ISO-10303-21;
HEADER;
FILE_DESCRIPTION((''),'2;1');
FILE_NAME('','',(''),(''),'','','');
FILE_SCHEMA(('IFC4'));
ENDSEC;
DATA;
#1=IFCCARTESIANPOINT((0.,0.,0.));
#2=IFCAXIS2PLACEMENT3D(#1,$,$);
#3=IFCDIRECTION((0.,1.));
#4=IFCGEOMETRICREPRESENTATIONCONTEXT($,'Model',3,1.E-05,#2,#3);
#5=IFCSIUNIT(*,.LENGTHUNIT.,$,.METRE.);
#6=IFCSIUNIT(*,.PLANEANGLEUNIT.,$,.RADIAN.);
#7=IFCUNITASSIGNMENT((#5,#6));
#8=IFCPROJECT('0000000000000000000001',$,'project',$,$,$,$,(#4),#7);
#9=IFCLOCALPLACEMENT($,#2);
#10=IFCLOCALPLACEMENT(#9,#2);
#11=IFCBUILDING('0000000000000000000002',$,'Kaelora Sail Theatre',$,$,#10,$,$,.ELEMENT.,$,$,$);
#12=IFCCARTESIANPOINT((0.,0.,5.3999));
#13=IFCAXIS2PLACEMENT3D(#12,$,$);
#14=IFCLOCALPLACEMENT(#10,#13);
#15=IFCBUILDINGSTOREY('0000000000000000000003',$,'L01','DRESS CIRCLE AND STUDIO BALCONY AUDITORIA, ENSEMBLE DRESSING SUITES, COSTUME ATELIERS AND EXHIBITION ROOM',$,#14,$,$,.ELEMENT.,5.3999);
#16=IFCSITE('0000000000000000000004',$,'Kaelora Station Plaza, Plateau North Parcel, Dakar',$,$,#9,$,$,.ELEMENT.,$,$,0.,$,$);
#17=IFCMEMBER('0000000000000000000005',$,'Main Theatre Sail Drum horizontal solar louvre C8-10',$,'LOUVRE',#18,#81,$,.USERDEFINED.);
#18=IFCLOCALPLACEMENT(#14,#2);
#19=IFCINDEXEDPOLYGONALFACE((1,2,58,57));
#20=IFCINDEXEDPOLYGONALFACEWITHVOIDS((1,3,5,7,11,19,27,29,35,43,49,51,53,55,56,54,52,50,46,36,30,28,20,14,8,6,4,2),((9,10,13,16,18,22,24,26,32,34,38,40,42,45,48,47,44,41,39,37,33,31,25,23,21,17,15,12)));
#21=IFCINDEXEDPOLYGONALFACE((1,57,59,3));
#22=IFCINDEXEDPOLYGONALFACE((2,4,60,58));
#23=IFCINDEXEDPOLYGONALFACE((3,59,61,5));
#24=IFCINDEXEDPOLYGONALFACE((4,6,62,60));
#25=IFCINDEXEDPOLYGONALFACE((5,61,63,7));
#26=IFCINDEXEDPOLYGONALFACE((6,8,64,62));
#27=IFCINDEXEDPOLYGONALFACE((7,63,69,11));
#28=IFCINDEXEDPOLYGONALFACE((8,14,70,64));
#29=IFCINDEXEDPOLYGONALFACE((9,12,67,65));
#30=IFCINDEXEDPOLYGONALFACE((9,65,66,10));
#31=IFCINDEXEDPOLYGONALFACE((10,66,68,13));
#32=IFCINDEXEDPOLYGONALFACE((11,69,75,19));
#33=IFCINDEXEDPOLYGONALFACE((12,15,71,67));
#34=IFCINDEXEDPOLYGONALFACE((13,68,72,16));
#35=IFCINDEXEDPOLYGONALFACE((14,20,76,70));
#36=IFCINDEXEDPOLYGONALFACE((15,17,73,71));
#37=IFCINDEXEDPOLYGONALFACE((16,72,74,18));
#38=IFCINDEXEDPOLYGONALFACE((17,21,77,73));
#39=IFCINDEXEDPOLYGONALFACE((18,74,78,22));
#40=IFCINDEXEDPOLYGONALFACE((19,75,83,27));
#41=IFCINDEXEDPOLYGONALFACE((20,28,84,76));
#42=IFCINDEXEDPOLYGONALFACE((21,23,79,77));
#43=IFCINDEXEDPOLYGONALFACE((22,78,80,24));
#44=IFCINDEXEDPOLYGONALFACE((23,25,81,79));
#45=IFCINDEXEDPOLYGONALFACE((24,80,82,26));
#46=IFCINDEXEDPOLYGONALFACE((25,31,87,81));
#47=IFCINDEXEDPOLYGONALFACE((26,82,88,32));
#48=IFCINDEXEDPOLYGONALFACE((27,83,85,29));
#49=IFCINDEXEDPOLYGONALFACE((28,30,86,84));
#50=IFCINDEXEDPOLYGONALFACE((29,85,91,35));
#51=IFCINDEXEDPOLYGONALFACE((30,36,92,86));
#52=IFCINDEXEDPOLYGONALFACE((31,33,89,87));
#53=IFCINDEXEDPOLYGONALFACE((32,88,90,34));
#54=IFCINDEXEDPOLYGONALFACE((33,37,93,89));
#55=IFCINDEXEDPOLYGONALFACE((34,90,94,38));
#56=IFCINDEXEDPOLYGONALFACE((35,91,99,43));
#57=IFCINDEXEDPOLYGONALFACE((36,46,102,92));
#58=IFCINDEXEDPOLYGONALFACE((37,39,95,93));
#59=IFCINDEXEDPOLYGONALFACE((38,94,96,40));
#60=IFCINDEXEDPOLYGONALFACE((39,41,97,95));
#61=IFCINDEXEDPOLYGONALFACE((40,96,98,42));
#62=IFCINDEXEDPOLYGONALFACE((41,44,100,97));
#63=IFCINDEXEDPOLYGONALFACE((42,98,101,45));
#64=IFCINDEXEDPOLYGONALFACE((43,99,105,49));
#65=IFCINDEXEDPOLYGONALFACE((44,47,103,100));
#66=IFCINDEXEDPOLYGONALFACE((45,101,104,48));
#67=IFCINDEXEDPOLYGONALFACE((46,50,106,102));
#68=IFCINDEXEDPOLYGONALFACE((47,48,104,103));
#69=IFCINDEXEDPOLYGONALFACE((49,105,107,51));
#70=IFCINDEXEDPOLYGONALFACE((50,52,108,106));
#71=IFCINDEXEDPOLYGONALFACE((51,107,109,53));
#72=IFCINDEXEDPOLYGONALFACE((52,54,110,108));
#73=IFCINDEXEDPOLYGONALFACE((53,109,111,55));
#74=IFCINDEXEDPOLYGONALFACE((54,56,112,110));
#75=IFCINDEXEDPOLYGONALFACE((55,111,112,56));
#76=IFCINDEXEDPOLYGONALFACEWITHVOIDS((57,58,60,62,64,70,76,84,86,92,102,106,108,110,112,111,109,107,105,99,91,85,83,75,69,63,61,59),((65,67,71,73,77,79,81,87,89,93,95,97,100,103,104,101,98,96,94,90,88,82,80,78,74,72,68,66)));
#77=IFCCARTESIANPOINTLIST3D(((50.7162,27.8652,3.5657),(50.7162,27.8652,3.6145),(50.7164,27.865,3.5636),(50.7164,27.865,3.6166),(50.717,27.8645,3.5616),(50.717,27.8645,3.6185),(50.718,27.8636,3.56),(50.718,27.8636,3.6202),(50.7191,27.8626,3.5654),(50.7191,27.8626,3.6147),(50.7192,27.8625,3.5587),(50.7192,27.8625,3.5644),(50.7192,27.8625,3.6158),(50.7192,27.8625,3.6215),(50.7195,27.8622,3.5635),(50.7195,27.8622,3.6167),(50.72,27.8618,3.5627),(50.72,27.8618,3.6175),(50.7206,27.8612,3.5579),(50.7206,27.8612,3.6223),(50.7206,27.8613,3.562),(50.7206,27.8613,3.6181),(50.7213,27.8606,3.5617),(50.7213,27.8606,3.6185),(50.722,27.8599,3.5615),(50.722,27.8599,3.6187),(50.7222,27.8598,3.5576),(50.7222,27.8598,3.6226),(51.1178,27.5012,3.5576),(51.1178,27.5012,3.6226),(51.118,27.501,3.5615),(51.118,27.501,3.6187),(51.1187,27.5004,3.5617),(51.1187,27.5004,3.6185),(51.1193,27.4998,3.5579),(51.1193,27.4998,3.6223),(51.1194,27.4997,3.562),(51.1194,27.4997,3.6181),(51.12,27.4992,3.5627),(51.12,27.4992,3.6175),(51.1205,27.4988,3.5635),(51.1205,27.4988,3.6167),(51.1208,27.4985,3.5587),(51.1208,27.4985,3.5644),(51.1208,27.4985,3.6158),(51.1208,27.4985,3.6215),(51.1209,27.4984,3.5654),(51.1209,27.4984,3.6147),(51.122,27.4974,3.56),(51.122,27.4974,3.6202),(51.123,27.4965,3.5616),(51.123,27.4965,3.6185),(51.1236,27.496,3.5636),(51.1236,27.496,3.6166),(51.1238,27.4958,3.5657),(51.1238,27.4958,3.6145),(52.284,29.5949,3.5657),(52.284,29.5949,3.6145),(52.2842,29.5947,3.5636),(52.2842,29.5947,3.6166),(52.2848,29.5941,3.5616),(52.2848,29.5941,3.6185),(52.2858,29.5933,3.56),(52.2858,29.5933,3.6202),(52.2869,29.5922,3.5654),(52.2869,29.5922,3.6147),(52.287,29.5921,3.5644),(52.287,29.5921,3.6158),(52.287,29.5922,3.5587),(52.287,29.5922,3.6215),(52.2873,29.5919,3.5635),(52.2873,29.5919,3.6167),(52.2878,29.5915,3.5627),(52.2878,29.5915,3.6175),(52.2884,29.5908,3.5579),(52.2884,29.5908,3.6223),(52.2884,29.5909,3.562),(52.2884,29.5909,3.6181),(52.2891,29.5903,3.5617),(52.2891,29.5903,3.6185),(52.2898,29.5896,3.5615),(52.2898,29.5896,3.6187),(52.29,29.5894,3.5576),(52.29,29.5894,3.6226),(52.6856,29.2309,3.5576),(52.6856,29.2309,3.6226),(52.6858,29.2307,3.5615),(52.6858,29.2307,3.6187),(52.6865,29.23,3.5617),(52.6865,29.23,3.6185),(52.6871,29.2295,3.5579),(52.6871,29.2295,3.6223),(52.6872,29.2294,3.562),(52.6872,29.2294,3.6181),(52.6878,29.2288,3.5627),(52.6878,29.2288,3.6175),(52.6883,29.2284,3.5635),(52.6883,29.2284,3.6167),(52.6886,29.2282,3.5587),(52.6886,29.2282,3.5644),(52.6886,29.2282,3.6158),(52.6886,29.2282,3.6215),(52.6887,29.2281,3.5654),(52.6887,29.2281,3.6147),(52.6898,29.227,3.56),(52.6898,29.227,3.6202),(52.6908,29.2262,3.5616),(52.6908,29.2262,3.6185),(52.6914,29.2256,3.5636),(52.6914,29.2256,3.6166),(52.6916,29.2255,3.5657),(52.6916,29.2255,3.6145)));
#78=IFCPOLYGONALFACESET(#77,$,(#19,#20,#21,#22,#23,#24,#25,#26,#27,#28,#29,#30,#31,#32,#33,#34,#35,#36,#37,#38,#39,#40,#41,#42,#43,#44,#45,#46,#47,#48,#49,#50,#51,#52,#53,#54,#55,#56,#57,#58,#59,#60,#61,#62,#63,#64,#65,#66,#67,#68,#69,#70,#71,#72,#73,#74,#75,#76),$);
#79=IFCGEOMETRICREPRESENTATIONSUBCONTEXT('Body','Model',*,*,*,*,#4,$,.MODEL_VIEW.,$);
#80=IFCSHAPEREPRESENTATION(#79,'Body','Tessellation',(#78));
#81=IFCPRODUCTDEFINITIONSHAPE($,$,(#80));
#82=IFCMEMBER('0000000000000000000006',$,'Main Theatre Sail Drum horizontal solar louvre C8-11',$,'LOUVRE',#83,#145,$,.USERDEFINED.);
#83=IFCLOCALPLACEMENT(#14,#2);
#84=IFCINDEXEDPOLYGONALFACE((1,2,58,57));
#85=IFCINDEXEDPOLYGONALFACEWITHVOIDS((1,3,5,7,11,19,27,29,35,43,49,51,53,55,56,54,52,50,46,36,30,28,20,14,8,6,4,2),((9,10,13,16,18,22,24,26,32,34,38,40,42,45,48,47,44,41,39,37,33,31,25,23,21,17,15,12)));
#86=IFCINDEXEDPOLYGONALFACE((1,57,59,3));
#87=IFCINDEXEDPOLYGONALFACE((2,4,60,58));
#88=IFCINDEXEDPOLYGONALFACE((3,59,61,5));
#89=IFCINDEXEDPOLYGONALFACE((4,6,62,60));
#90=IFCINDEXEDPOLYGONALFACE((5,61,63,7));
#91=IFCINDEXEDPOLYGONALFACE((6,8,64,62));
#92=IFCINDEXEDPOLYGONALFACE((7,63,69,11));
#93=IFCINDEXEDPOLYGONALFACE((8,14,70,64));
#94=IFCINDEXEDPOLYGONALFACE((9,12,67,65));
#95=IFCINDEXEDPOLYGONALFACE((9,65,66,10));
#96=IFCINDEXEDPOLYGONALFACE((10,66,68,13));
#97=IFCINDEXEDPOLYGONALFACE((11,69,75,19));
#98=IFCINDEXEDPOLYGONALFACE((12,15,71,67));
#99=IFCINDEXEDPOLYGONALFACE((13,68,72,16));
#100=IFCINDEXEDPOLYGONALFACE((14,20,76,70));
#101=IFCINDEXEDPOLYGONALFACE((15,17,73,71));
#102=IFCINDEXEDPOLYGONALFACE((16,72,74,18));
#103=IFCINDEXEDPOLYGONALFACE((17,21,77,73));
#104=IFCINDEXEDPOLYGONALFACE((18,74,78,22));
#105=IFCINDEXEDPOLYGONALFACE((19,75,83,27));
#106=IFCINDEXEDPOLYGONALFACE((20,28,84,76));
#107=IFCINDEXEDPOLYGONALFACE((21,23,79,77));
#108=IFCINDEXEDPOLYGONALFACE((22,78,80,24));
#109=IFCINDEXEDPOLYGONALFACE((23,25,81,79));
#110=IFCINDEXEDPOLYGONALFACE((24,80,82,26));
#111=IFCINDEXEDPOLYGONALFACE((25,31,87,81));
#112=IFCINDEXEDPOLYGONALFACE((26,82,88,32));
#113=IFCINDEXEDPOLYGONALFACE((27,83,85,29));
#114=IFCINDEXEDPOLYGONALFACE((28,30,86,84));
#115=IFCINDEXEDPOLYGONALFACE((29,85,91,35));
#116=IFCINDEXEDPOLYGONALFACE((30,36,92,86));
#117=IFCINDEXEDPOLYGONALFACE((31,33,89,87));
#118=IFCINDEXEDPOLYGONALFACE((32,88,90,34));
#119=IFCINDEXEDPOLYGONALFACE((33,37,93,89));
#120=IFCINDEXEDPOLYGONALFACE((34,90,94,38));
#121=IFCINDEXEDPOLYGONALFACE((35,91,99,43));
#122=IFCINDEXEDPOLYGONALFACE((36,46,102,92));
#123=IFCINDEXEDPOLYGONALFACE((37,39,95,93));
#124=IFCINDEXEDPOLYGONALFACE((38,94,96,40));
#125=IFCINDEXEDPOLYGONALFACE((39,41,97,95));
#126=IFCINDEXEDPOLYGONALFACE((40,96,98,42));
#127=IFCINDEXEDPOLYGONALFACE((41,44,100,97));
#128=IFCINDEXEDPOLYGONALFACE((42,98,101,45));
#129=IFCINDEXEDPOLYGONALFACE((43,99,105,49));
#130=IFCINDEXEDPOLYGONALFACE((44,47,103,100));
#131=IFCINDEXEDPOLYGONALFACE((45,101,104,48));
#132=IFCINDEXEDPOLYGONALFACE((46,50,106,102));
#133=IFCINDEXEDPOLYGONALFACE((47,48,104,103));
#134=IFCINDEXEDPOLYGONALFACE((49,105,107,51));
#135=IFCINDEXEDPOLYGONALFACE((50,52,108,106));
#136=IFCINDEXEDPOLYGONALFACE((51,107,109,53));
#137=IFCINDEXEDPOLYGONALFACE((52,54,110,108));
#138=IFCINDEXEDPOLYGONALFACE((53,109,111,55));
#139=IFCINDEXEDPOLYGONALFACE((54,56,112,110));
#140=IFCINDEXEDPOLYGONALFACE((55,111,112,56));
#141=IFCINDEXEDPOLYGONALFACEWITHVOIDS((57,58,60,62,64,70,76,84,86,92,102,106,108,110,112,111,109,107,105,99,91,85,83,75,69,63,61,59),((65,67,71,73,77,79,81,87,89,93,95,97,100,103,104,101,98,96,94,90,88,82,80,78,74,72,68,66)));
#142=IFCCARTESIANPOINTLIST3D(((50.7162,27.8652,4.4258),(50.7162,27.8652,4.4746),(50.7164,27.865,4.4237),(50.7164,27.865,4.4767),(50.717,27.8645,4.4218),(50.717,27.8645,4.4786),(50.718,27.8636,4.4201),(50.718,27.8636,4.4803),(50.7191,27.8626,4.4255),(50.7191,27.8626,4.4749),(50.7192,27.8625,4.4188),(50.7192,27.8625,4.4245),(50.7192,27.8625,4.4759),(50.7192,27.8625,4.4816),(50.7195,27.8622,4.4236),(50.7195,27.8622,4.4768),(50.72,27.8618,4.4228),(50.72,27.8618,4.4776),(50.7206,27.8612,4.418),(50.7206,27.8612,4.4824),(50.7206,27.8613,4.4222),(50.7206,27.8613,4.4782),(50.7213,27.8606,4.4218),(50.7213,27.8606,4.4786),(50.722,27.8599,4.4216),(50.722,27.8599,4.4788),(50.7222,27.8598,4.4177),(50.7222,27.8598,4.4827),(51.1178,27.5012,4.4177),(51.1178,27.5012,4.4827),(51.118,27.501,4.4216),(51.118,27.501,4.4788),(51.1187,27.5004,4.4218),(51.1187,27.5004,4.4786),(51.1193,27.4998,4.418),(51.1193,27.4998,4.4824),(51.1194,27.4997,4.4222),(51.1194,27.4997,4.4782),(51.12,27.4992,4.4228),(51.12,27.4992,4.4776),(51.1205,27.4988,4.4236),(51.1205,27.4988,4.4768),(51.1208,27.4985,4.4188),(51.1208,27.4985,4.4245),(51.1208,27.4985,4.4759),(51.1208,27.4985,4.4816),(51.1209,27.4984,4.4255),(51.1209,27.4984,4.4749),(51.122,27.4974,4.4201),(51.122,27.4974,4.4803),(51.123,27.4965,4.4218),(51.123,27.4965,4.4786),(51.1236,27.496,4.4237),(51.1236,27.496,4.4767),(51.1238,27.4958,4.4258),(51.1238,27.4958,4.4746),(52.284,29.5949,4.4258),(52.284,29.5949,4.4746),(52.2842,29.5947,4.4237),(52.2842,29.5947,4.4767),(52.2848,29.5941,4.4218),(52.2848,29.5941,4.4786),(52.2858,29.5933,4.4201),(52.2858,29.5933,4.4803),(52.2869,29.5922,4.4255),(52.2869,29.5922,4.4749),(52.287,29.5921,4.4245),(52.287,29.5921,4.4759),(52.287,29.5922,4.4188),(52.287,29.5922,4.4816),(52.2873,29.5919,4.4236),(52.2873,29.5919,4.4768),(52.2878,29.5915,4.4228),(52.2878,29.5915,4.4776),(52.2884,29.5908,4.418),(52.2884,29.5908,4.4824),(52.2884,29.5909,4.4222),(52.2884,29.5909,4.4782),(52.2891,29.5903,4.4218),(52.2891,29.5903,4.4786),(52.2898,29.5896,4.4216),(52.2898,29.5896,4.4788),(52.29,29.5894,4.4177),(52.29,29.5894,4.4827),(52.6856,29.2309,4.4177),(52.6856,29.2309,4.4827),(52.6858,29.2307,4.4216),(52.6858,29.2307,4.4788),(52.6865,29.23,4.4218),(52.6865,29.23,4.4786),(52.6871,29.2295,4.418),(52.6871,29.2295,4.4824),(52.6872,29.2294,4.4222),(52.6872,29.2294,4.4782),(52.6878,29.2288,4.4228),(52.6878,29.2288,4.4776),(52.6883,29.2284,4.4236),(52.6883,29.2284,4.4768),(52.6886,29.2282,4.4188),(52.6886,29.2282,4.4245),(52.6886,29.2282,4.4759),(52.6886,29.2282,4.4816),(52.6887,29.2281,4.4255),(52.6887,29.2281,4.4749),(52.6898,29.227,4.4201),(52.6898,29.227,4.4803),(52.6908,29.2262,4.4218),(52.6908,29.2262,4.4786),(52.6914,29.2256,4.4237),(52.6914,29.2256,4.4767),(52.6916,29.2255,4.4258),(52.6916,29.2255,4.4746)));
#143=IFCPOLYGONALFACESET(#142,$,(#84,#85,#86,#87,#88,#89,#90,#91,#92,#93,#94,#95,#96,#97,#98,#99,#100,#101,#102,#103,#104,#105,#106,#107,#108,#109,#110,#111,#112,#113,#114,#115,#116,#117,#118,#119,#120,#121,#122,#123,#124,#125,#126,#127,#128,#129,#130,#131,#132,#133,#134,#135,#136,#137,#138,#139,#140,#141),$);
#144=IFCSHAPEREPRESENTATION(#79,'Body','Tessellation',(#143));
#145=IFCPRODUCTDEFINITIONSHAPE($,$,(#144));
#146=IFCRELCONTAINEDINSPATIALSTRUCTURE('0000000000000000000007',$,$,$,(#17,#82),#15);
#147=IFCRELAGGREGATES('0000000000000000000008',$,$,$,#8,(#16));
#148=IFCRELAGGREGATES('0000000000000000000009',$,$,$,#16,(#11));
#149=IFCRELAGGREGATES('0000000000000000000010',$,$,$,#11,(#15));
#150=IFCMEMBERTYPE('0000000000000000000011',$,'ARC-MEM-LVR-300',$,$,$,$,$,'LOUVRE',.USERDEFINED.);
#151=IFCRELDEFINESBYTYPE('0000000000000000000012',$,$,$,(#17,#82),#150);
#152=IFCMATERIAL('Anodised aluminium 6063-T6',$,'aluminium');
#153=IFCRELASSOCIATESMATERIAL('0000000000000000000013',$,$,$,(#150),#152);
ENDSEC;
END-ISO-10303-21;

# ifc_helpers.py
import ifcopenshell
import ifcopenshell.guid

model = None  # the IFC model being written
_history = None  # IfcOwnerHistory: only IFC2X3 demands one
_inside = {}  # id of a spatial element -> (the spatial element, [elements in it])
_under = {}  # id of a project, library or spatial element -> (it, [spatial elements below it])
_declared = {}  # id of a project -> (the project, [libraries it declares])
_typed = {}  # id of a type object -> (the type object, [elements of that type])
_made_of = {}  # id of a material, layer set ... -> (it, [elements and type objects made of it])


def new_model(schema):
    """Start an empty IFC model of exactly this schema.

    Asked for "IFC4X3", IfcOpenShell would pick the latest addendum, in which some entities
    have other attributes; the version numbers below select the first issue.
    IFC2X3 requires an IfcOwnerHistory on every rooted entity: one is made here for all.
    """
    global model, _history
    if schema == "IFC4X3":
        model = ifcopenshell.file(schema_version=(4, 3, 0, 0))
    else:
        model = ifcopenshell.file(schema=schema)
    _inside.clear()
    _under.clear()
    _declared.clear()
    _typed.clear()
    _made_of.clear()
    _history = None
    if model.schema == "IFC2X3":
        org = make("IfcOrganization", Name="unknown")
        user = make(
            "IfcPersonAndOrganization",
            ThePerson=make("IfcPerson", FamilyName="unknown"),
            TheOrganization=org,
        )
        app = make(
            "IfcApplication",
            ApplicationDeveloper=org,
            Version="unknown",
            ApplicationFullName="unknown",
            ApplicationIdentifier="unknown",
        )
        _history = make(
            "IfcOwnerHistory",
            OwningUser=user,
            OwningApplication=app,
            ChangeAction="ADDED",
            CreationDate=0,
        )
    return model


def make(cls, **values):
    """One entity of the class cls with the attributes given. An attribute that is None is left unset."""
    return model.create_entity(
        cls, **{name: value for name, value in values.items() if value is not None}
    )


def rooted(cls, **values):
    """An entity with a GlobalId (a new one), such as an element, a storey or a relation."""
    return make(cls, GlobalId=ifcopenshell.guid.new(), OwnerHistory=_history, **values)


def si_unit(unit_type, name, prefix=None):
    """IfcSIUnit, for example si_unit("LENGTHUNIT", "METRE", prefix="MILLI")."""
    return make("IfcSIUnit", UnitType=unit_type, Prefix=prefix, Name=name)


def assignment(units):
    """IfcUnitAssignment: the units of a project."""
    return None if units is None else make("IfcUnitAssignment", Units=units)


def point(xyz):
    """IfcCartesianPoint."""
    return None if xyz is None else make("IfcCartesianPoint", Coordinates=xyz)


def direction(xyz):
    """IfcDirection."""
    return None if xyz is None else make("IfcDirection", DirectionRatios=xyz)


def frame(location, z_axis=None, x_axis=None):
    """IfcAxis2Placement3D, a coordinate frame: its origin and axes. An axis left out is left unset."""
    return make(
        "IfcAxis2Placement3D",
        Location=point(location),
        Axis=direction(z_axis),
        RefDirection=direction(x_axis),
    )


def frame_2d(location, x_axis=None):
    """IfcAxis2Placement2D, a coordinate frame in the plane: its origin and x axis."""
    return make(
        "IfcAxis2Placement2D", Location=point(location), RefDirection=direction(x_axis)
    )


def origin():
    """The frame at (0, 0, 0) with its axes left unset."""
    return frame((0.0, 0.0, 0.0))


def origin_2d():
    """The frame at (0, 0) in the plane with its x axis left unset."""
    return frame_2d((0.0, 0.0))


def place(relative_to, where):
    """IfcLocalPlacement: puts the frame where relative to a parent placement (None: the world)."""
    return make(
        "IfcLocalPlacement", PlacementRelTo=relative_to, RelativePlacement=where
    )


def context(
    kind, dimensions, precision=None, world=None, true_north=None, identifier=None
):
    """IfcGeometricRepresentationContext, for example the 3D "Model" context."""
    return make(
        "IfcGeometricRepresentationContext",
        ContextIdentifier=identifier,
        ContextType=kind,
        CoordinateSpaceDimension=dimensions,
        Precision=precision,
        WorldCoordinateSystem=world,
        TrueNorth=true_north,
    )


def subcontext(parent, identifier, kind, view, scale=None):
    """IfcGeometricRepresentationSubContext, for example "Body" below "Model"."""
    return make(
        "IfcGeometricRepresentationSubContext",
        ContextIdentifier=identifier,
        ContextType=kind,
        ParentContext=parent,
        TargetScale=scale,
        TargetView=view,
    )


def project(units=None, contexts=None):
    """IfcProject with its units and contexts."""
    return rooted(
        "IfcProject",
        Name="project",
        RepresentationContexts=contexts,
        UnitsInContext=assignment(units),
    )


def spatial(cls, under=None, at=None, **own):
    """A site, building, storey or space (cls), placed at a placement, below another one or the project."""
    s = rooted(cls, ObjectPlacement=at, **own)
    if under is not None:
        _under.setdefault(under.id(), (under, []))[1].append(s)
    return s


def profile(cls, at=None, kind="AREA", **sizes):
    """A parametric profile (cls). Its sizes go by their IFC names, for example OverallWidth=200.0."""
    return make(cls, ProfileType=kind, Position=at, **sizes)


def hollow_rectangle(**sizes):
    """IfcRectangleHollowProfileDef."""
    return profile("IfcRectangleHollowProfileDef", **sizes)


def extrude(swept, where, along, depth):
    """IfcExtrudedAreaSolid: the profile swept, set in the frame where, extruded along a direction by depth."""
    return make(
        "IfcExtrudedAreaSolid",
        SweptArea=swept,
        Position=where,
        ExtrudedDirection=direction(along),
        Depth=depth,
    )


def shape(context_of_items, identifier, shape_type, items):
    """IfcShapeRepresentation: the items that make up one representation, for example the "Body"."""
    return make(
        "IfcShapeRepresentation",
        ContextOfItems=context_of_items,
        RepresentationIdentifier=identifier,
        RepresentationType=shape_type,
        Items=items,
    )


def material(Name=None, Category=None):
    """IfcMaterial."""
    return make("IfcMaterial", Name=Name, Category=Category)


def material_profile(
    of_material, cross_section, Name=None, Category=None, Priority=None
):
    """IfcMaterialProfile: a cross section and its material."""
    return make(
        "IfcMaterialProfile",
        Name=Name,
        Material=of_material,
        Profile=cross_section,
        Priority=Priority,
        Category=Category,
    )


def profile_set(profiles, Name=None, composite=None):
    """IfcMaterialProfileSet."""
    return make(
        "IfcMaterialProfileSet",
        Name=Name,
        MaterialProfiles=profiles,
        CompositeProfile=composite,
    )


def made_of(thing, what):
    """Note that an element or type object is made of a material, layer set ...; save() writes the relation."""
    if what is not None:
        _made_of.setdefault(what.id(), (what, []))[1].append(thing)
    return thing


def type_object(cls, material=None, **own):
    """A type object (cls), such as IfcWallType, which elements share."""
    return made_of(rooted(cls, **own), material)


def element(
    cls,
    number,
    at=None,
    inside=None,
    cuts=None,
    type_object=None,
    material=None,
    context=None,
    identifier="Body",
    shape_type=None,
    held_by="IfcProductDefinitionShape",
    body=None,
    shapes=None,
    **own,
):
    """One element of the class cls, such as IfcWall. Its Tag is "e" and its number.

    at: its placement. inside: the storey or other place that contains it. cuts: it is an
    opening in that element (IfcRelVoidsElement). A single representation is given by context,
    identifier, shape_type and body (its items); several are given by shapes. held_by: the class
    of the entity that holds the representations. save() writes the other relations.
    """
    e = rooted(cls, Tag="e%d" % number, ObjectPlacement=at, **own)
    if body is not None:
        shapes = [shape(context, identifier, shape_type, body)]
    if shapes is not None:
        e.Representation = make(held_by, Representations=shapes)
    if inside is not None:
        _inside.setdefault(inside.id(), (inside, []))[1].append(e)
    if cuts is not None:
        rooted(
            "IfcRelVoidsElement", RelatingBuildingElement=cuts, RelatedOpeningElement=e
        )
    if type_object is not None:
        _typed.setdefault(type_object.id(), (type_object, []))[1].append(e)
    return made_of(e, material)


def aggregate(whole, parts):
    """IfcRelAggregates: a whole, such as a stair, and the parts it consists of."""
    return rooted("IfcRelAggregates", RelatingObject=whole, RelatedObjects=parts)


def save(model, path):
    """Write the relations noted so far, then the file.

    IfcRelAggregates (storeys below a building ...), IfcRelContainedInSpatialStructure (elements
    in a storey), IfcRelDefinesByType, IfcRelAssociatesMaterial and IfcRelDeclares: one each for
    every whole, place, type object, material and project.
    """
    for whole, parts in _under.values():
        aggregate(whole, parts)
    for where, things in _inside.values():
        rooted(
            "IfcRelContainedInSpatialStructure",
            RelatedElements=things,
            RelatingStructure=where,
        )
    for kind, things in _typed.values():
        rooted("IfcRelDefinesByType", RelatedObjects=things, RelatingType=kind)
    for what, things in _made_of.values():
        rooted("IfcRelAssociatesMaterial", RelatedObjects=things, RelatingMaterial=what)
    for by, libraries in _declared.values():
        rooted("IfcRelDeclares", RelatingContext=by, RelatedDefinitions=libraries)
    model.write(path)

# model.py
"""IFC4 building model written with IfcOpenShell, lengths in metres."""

from ifc_helpers import new_model, si_unit, direction, frame, origin, origin_2d, place, context, subcontext, project, spatial, hollow_rectangle, extrude, material, material_profile, profile_set, type_object, element, save


model = new_model("IFC4")

# Units and contexts
model_context = context("Model", 3, precision=1e-05, world=origin(), true_north=direction((0.0, 1.0)))
body_context = subcontext(model_context, "Body", "Model", "MODEL_VIEW")
ifc_project = project(units=[si_unit("LENGTHUNIT", "METRE"), si_unit("PLANEANGLEUNIT", "RADIAN")], contexts=[model_context])

# Site, building, storey
site_placement = place(None, origin())
site = spatial("IfcSite", under=ifc_project, at=site_placement, Name="Kaelora Station Plaza, Plateau North Parcel, Dakar", CompositionType="ELEMENT", RefElevation=0.0)
building_placement = place(site_placement, origin())
building = spatial("IfcBuilding", under=site, at=building_placement, Name="Kaelora Sail Theatre", CompositionType="ELEMENT")
storey_placement = place(building_placement, frame((0.0, 0.0, 5.3999)))
storey = spatial("IfcBuildingStorey", under=building, at=storey_placement, Name="L01", Description="DRESS CIRCLE AND STUDIO BALCONY AUDITORIA, ENSEMBLE DRESSING SUITES, COSTUME ATELIERS AND EXHIBITION ROOM", CompositionType="ELEMENT", Elevation=5.3999)

# Members
ifc_material_1 = material(Name="Anodised aluminium 6063-T6", Category="aluminium")
ifc_material_profile_1 = material_profile(ifc_material_1, hollow_rectangle(XDim=0.55, YDim=0.0649, WallThickness=0.0039, InnerFilletRadius=0.0039, OuterFilletRadius=0.0081, at=origin_2d()), Name="LOUVRE 550x65x4")
ifc_profile_set_1 = profile_set([ifc_material_profile_1], Name="Anodised aluminium 6063-T6")
member_type = type_object("IfcMemberType", Name="ARC-MEM-LVR-300", ElementType="LOUVRE", PredefinedType="USERDEFINED", material=ifc_profile_set_1)
for number, where, z_axis, x_axis, name in (
    (1, (52.4878, 29.4102, 3.5901), (-0.671589, -0.740924, 0.0), (0.740924, -0.671589, 0.0), "Main Theatre Sail Drum horizontal solar louvre C8-10"),
    (2, (52.4878, 29.4102, 4.4502), (-0.671589, -0.740924, 0.0), (0.740924, -0.671589, 0.0), "Main Theatre Sail Drum horizontal solar louvre C8-11"),
):
    element("IfcMember", number, at=place(storey_placement, frame(where, z_axis=z_axis, x_axis=x_axis)), inside=storey, type_object=member_type, Name=name, ObjectType="LOUVRE", PredefinedType="USERDEFINED", context=body_context, shape_type="SweptSolid", body=[
        extrude(hollow_rectangle(XDim=0.55, YDim=0.0649, WallThickness=0.0039, InnerFilletRadius=0.0039, OuterFilletRadius=0.0081, at=origin_2d()), origin(), (0.0, 0.0, 1.0), 2.3345),
    ])

save(model, "model.ifc")
